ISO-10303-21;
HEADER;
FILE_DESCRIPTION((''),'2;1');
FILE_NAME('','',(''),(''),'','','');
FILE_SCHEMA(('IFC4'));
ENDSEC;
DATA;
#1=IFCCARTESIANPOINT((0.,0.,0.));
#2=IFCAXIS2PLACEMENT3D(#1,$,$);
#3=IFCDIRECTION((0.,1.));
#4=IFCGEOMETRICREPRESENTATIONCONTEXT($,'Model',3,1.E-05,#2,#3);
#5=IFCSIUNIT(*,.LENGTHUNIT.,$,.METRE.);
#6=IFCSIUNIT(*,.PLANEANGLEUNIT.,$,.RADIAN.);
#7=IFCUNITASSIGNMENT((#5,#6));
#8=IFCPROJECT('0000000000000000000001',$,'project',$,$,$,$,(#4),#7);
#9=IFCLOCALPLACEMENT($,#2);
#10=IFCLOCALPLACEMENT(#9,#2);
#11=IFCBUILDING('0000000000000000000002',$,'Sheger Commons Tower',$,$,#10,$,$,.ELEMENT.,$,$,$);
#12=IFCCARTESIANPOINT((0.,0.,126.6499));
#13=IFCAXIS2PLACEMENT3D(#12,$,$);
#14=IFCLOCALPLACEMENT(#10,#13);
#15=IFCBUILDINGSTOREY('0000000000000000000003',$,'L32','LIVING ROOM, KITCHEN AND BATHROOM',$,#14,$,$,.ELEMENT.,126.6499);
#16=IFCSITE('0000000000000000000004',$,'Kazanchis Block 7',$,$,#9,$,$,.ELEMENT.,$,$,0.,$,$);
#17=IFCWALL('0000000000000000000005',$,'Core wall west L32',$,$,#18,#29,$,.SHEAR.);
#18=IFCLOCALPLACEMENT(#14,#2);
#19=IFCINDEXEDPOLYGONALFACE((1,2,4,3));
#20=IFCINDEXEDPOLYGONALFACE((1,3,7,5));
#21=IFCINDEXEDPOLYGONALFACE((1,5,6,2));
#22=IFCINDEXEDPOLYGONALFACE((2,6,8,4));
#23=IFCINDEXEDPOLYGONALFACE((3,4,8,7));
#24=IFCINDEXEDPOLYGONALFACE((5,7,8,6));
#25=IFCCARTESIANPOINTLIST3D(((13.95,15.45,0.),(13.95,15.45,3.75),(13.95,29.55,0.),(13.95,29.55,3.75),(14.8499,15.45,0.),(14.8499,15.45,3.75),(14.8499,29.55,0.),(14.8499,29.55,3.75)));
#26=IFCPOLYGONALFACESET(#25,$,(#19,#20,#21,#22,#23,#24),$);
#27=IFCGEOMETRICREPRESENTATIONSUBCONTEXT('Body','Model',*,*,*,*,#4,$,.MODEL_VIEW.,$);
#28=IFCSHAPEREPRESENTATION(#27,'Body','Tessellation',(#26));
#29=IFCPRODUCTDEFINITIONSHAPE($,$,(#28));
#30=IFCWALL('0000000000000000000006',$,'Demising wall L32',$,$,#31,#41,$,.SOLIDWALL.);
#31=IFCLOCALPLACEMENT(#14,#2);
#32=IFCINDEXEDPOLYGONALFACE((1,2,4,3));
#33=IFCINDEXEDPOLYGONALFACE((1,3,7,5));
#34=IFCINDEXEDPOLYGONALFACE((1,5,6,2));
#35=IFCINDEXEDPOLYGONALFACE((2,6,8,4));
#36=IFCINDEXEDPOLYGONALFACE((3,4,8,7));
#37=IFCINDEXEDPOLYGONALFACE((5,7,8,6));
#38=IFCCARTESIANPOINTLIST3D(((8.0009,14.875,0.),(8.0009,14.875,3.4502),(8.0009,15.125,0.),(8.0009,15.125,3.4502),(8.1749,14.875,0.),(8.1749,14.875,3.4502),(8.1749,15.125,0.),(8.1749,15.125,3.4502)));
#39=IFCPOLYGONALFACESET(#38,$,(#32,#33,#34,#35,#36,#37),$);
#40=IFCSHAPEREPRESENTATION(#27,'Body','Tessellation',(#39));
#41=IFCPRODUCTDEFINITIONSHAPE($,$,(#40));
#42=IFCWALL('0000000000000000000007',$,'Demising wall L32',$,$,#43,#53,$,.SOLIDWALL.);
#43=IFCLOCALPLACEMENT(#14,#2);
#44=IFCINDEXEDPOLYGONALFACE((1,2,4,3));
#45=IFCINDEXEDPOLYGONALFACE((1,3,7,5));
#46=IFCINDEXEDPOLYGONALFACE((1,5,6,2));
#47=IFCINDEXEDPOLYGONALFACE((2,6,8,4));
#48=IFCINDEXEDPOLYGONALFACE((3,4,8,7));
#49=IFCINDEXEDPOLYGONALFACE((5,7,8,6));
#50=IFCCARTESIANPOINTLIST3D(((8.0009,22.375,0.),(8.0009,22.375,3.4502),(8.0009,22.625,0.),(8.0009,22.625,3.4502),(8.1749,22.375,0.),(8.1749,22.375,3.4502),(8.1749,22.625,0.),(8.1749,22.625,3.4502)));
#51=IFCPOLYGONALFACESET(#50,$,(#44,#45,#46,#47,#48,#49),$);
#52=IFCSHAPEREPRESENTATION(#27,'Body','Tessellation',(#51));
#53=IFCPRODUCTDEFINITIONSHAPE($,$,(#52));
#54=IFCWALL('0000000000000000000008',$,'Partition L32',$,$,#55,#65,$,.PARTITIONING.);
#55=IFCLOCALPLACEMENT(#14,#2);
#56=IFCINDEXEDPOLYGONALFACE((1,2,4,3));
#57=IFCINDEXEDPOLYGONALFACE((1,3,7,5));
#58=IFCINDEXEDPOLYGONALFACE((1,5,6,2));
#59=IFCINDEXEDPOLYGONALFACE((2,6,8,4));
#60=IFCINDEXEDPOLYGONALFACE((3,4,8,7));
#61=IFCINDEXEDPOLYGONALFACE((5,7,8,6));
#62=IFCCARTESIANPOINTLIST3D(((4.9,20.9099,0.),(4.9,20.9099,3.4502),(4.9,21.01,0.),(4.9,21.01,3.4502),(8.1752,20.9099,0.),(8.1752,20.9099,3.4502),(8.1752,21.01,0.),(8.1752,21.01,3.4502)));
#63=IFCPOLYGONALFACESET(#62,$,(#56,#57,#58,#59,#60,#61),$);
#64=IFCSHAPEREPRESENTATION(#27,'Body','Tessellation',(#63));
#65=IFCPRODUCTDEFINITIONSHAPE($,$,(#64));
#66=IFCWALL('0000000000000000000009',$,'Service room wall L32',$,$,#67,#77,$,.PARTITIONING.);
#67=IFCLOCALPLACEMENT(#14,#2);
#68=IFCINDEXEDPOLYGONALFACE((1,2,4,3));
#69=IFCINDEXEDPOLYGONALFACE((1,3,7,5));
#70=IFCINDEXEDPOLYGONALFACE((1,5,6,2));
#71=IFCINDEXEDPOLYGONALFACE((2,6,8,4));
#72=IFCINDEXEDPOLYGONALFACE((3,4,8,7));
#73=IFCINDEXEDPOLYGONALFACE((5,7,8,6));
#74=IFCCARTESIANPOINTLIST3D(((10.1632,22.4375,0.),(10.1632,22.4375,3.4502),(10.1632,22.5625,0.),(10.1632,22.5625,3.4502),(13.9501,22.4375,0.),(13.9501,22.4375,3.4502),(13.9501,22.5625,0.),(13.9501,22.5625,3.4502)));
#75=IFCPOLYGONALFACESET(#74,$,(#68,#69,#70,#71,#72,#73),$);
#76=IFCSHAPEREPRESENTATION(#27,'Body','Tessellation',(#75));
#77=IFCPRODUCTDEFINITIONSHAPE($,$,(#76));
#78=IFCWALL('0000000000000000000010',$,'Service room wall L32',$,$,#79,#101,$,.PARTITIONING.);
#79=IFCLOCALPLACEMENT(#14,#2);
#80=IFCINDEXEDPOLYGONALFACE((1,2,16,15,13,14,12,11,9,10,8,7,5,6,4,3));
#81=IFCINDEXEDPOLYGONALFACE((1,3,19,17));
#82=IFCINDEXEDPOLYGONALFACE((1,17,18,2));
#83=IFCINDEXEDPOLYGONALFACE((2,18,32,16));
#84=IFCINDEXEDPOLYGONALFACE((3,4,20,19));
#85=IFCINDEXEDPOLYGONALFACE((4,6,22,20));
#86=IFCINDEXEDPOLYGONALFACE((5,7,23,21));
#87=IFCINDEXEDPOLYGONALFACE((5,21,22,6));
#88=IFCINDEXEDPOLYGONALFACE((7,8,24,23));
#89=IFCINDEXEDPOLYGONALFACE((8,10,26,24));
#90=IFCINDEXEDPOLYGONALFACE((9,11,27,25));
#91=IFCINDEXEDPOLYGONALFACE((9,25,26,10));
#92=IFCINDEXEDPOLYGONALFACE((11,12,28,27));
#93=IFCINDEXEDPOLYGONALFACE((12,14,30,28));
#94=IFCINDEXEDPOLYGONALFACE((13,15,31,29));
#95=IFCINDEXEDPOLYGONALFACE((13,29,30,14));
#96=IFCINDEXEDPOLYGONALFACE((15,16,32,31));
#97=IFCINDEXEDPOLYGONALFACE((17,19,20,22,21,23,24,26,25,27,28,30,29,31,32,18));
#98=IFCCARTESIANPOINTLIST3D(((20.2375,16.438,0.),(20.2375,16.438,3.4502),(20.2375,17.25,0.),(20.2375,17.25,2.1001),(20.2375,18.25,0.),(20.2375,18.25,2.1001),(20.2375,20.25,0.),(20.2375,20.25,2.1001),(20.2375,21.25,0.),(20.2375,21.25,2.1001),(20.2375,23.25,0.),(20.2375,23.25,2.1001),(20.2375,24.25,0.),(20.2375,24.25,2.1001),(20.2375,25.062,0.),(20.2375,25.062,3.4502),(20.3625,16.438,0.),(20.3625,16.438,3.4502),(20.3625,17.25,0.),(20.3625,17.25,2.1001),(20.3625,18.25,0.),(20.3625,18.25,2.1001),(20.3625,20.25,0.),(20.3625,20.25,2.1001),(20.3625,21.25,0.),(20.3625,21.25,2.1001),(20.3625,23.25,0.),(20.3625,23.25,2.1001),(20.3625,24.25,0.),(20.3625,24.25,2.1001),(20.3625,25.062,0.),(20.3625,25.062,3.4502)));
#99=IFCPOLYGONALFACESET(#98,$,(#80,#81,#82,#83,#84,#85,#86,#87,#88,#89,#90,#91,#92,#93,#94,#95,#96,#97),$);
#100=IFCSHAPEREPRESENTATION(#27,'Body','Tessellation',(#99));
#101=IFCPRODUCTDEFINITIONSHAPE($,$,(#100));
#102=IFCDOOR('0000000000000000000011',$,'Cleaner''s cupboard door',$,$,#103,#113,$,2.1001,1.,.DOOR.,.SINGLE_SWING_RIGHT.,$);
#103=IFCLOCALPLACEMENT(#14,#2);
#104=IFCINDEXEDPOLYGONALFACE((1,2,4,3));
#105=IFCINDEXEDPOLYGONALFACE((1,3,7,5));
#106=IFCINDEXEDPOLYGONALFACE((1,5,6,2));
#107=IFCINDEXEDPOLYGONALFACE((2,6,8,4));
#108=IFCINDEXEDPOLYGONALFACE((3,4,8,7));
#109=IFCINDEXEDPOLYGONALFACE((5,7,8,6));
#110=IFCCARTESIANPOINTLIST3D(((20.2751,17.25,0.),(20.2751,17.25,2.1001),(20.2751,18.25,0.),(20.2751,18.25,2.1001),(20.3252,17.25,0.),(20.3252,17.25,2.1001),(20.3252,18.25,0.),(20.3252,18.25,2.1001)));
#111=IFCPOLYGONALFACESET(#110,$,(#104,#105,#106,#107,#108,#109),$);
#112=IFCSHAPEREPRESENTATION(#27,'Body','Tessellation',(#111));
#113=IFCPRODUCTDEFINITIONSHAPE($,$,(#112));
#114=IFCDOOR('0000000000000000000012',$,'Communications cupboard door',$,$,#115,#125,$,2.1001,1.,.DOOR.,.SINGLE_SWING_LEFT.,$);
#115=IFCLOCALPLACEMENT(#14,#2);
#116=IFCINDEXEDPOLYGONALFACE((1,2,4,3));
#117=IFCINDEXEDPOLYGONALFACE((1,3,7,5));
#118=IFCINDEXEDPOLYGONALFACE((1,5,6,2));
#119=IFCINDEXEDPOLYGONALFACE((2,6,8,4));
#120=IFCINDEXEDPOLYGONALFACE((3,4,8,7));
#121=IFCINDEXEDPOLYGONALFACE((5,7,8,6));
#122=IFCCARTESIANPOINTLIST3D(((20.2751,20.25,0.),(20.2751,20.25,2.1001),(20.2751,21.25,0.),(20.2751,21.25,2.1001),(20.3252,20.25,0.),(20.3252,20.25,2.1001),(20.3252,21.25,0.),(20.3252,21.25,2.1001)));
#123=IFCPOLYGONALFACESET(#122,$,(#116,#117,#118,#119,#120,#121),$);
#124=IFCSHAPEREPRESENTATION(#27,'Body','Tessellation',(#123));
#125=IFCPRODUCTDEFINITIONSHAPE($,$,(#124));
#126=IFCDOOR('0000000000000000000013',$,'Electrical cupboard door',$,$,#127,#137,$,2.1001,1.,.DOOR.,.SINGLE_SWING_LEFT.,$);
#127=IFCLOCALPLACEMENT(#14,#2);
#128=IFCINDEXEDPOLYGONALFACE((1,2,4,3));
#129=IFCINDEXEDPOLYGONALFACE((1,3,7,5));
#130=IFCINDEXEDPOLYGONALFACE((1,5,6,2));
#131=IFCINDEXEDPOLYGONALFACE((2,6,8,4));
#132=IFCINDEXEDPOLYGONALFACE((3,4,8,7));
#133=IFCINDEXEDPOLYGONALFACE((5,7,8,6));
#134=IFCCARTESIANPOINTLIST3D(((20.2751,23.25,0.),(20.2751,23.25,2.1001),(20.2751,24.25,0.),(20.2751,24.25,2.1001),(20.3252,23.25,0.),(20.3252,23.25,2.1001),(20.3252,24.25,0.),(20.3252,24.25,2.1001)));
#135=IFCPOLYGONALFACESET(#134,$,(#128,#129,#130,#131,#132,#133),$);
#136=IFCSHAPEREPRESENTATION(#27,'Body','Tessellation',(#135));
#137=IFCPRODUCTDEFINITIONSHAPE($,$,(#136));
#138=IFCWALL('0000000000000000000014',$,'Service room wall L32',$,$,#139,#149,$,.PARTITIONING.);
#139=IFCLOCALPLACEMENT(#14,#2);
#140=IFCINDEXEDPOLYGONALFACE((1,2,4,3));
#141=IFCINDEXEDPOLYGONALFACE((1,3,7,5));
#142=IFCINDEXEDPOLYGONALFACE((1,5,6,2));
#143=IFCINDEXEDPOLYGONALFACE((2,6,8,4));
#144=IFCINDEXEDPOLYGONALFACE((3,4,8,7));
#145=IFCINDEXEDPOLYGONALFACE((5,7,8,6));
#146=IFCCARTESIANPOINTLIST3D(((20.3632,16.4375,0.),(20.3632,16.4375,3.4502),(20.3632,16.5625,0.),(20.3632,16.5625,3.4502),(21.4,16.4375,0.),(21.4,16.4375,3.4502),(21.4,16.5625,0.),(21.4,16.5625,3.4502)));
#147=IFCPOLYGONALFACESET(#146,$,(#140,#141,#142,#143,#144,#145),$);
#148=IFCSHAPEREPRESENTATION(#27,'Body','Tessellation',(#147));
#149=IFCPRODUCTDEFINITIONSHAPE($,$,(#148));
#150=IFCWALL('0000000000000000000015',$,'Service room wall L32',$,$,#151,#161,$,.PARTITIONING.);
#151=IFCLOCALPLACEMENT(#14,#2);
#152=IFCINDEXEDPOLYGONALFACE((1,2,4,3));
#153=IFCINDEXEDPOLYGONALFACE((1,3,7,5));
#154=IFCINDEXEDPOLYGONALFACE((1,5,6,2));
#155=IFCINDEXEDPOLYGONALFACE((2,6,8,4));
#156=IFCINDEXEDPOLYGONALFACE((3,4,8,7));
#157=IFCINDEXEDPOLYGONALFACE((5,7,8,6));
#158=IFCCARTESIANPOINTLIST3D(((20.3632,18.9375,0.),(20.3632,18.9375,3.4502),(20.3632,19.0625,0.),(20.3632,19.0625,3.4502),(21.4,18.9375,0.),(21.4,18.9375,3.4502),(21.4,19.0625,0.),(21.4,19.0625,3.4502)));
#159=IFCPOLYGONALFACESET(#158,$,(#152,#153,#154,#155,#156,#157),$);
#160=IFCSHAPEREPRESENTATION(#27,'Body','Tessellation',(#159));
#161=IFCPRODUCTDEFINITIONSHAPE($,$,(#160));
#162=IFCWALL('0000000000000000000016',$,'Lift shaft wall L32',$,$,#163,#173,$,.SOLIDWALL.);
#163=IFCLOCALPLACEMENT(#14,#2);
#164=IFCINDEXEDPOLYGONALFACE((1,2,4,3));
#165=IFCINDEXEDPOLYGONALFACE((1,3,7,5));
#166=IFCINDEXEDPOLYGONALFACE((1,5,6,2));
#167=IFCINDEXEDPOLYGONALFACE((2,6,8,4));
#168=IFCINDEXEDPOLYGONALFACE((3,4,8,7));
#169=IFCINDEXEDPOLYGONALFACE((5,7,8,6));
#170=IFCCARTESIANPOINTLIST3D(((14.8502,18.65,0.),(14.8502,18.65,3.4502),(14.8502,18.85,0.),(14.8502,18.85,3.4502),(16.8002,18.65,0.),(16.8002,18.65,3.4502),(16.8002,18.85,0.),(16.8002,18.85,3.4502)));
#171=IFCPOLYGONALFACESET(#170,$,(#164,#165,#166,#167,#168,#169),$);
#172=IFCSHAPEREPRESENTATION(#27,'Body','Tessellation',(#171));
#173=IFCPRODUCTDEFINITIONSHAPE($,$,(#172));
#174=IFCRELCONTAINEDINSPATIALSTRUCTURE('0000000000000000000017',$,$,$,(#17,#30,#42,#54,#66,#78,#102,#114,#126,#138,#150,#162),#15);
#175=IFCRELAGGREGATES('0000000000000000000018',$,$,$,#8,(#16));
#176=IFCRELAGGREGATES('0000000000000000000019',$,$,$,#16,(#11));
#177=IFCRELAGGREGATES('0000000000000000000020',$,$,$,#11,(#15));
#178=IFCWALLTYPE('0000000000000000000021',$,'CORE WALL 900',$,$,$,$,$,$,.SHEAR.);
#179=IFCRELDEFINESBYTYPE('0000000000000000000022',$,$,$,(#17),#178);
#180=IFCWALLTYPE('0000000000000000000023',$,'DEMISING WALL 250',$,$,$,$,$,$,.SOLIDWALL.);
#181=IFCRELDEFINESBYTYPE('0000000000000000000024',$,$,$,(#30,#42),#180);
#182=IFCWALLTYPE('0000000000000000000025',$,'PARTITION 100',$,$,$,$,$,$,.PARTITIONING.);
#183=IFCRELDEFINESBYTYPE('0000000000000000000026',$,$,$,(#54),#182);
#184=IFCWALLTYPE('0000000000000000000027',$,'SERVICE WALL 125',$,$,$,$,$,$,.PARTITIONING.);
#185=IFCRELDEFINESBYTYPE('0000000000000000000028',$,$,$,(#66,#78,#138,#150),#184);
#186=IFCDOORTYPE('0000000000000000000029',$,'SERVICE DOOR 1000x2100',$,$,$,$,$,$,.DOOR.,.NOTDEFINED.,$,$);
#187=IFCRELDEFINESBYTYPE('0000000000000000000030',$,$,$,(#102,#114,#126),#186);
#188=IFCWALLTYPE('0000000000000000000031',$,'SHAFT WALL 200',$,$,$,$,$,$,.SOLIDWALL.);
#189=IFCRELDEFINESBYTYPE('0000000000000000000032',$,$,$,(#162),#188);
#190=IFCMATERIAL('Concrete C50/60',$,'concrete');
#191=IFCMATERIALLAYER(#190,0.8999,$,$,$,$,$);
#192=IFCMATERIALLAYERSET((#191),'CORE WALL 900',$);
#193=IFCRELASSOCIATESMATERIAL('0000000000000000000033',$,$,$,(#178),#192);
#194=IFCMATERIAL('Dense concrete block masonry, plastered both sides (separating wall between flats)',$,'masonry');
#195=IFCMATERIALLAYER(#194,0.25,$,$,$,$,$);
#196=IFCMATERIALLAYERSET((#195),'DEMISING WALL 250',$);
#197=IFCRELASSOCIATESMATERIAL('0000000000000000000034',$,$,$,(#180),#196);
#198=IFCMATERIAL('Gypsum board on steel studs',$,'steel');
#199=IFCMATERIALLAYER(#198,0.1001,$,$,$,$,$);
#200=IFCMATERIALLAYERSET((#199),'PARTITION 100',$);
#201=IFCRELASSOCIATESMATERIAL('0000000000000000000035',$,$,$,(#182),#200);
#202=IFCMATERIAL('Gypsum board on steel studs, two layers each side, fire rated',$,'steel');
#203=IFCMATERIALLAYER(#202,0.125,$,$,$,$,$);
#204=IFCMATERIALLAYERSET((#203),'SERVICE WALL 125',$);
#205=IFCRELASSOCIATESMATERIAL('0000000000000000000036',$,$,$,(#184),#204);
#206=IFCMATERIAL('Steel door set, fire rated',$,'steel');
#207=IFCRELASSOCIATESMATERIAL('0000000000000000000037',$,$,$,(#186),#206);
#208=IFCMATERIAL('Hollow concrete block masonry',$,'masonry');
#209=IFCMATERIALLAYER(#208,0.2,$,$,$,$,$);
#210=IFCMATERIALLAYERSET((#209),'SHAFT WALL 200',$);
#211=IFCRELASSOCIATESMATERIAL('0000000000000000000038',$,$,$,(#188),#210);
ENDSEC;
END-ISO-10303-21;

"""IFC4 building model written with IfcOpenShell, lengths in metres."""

from ifc_helpers import new_model, si_unit, direction, frame, frame_2d, origin, place, context, subcontext, project, spatial, rectangle, extrude, material, layer, layer_set, type_object, element, fill, save


model = new_model("IFC4")

# Units and contexts
model_context = context("Model", 3, precision=1e-05, world=origin(), true_north=direction((0.0, 1.0)))
body_context = subcontext(model_context, "Body", "Model", "MODEL_VIEW")
ifc_project = project(units=[si_unit("LENGTHUNIT", "METRE"), si_unit("PLANEANGLEUNIT", "RADIAN")], contexts=[model_context])

# Site, building, storey
site_placement = place(None, origin())
site = spatial("IfcSite", under=ifc_project, at=site_placement, Name="Kazanchis Block 7", CompositionType="ELEMENT", RefElevation=0.0)
building_placement = place(site_placement, origin())
building = spatial("IfcBuilding", under=site, at=building_placement, Name="Sheger Commons Tower", CompositionType="ELEMENT")
storey_placement = place(building_placement, frame((0.0, 0.0, 126.6499)))
storey = spatial("IfcBuildingStorey", under=building, at=storey_placement, Name="L32", Description="LIVING ROOM, KITCHEN AND BATHROOM", CompositionType="ELEMENT", Elevation=126.6499)

# Shared definitions
ifc_material_1 = material(Name="Concrete C50/60", Category="concrete")
ifc_layer_1 = layer(ifc_material_1, 0.8999)
ifc_layer_set_1 = layer_set([ifc_layer_1], Name="CORE WALL 900")
wall_type_1 = type_object("IfcWallType", Name="CORE WALL 900", PredefinedType="SHEAR", material=ifc_layer_set_1)

# Walls
wall_1_placement = place(storey_placement, frame((14.3999, 15.45, 0.0), z_axis=(0.0, 0.0, 1.0), x_axis=(0.0, 1.0, 0.0)))
element("IfcWall", 1, at=wall_1_placement, inside=storey, type_object=wall_type_1, Name="Core wall west L32", PredefinedType="SHEAR", context=body_context, shape_type="SweptSolid", body=[
    extrude(rectangle(XDim=14.1001, YDim=0.8999, at=frame_2d((7.05, 0.0))), origin(), (0.0, 0.0, 1.0), 3.75),
])
ifc_material_2 = material(Name="Dense concrete block masonry, plastered both sides (separating wall between flats)", Category="masonry")
ifc_layer_2 = layer(ifc_material_2, 0.25)
ifc_layer_set_2 = layer_set([ifc_layer_2], Name="DEMISING WALL 250")
wall_type_2 = type_object("IfcWallType", Name="DEMISING WALL 250", PredefinedType="SOLIDWALL", material=ifc_layer_set_2)
for number, where, z_axis, x_axis, name in (
    (2, (8.001, 15.0, 0.0), (0.0, 0.0, 1.0), (1.0, 0.0, 0.0), "Demising wall L32"),
    (3, (8.001, 22.5, 0.0), (0.0, 0.0, 1.0), (1.0, 0.0, 0.0), "Demising wall L32"),
):
    element("IfcWall", number, at=place(storey_placement, frame(where, z_axis=z_axis, x_axis=x_axis)), inside=storey, type_object=wall_type_2, Name=name, PredefinedType="SOLIDWALL", context=body_context, shape_type="SweptSolid", body=[
        extrude(rectangle(XDim=0.1741, YDim=0.25, at=frame_2d((0.0869, 0.0))), origin(), (0.0, 0.0, 1.0), 3.4502),
    ])
ifc_material_3 = material(Name="Gypsum board on steel studs", Category="steel")
ifc_layer_3 = layer(ifc_material_3, 0.1001)
ifc_layer_set_3 = layer_set([ifc_layer_3], Name="PARTITION 100")
wall_type_3 = type_object("IfcWallType", Name="PARTITION 100", PredefinedType="PARTITIONING", material=ifc_layer_set_3)
wall_2_placement = place(storey_placement, frame((4.8999, 20.96, 0.0), z_axis=(0.0, 0.0, 1.0), x_axis=(1.0, 0.0, 0.0)))
element("IfcWall", 4, at=wall_2_placement, inside=storey, type_object=wall_type_3, Name="Partition L32", PredefinedType="PARTITIONING", context=body_context, shape_type="SweptSolid", body=[
    extrude(rectangle(XDim=3.2751, YDim=0.1001, at=frame_2d((1.6377, 0.0))), origin(), (0.0, 0.0, 1.0), 3.4502),
])
ifc_material_4 = material(Name="Gypsum board on steel studs, two layers each side, fire rated", Category="steel")
ifc_layer_4 = layer(ifc_material_4, 0.125)
ifc_layer_set_4 = layer_set([ifc_layer_4], Name="SERVICE WALL 125")
wall_type_4 = type_object("IfcWallType", Name="SERVICE WALL 125", PredefinedType="PARTITIONING", material=ifc_layer_set_4)
wall_3_placement = place(storey_placement, frame((10.1631, 22.5, 0.0), z_axis=(0.0, 0.0, 1.0), x_axis=(1.0, 0.0, 0.0)))
element("IfcWall", 5, at=wall_3_placement, inside=storey, type_object=wall_type_4, Name="Service room wall L32", PredefinedType="PARTITIONING", context=body_context, shape_type="SweptSolid", body=[
    extrude(rectangle(XDim=3.7869, YDim=0.125, at=frame_2d((1.8936, 0.0))), origin(), (0.0, 0.0, 1.0), 3.4502),
])

# Wall, openings, doors
wall_4_placement = place(storey_placement, frame((20.3, 16.438, 0.0), z_axis=(0.0, 0.0, 1.0), x_axis=(0.0, 1.0, 0.0)))
wall_4 = element("IfcWall", 6, at=wall_4_placement, inside=storey, type_object=wall_type_4, Name="Service room wall L32", PredefinedType="PARTITIONING", context=body_context, shape_type="SweptSolid", body=[
    extrude(rectangle(XDim=8.624, YDim=0.125, at=frame_2d((4.312, 0.0))), origin(), (0.0, 0.0, 1.0), 3.4502),
])
opening_1_placement = place(wall_4_placement, frame((0.812, 0.0, 0.0)))
opening_1 = element("IfcOpeningElement", 7, at=opening_1_placement, cuts=wall_4, PredefinedType="OPENING", context=body_context, shape_type="SweptSolid", body=[
    extrude(rectangle(XDim=1.0, YDim=2.1001, at=frame_2d((0.5, 1.05))), frame((0.0, 0.0725, 0.0), z_axis=(0.0, -1.0, 0.0), x_axis=(1.0, 0.0, 0.0)), (0.0, 0.0, 1.0), 0.145),
])
opening_2_placement = place(wall_4_placement, frame((3.812, 0.0, 0.0)))
opening_2 = element("IfcOpeningElement", 8, at=opening_2_placement, cuts=wall_4, PredefinedType="OPENING", context=body_context, shape_type="SweptSolid", body=[
    extrude(rectangle(XDim=1.0, YDim=2.1001, at=frame_2d((0.5, 1.05))), frame((0.0, 0.0725, 0.0), z_axis=(0.0, -1.0, 0.0), x_axis=(1.0, 0.0, 0.0)), (0.0, 0.0, 1.0), 0.145),
])
opening_3_placement = place(wall_4_placement, frame((6.812, 0.0, 0.0)))
opening_3 = element("IfcOpeningElement", 9, at=opening_3_placement, cuts=wall_4, PredefinedType="OPENING", context=body_context, shape_type="SweptSolid", body=[
    extrude(rectangle(XDim=1.0, YDim=2.1001, at=frame_2d((0.5, 1.05))), frame((0.0, 0.0725, 0.0), z_axis=(0.0, -1.0, 0.0), x_axis=(1.0, 0.0, 0.0)), (0.0, 0.0, 1.0), 0.145),
])
ifc_material_5 = material(Name="Steel door set, fire rated", Category="steel")
door_type_1 = type_object("IfcDoorType", Name="SERVICE DOOR 1000x2100", OperationType="NOTDEFINED", PredefinedType="DOOR", material=ifc_material_5)
door_1_placement = place(opening_1_placement, origin())
door_1 = element("IfcDoor", 10, at=door_1_placement, inside=storey, type_object=door_type_1, Name="Cleaner's cupboard door", OperationType="SINGLE_SWING_RIGHT", OverallHeight=2.1001, OverallWidth=1.0, PredefinedType="DOOR", context=body_context, shape_type="SweptSolid", body=[
    extrude(rectangle(XDim=1.0, YDim=2.1001, at=frame_2d((0.5, 1.05))), frame((0.0, 0.0249, 0.0), z_axis=(0.0, -1.0, 0.0), x_axis=(1.0, 0.0, 0.0)), (0.0, 0.0, 1.0), 0.05),
])
fill(opening_1, door_1)
door_2_placement = place(opening_2_placement, origin())
door_2 = element("IfcDoor", 11, at=door_2_placement, inside=storey, type_object=door_type_1, Name="Communications cupboard door", OperationType="SINGLE_SWING_LEFT", OverallHeight=2.1001, OverallWidth=1.0, PredefinedType="DOOR", context=body_context, shape_type="SweptSolid", body=[
    extrude(rectangle(XDim=1.0, YDim=2.1001, at=frame_2d((0.5, 1.05))), frame((0.0, 0.0249, 0.0), z_axis=(0.0, -1.0, 0.0), x_axis=(1.0, 0.0, 0.0)), (0.0, 0.0, 1.0), 0.05),
])
fill(opening_2, door_2)
door_3_placement = place(opening_3_placement, origin())
door_3 = element("IfcDoor", 12, at=door_3_placement, inside=storey, type_object=door_type_1, Name="Electrical cupboard door", OperationType="SINGLE_SWING_LEFT", OverallHeight=2.1001, OverallWidth=1.0, PredefinedType="DOOR", context=body_context, shape_type="SweptSolid", body=[
    extrude(rectangle(XDim=1.0, YDim=2.1001, at=frame_2d((0.5, 1.05))), frame((0.0, 0.0249, 0.0), z_axis=(0.0, -1.0, 0.0), x_axis=(1.0, 0.0, 0.0)), (0.0, 0.0, 1.0), 0.05),
])
fill(opening_3, door_3)

# Walls
for number, where, z_axis, x_axis, name in (
    (13, (20.363, 16.5, 0.0), (0.0, 0.0, 1.0), (1.0, 0.0, 0.0), "Service room wall L32"),
    (14, (20.363, 19.0, 0.0), (0.0, 0.0, 1.0), (1.0, 0.0, 0.0), "Service room wall L32"),
):
    element("IfcWall", number, at=place(storey_placement, frame(where, z_axis=z_axis, x_axis=x_axis)), inside=storey, type_object=wall_type_4, Name=name, PredefinedType="PARTITIONING", context=body_context, shape_type="SweptSolid", body=[
        extrude(rectangle(XDim=1.0369, YDim=0.125, at=frame_2d((0.5186, 0.0))), origin(), (0.0, 0.0, 1.0), 3.4502),
    ])
ifc_material_6 = material(Name="Hollow concrete block masonry", Category="masonry")
ifc_layer_5 = layer(ifc_material_6, 0.2)
ifc_layer_set_5 = layer_set([ifc_layer_5], Name="SHAFT WALL 200")
wall_type_5 = type_object("IfcWallType", Name="SHAFT WALL 200", PredefinedType="SOLIDWALL", material=ifc_layer_set_5)
wall_5_placement = place(storey_placement, frame((14.8501, 18.75, 0.0), z_axis=(0.0, 0.0, 1.0), x_axis=(1.0, 0.0, 0.0)))
element("IfcWall", 15, at=wall_5_placement, inside=storey, type_object=wall_type_5, Name="Lift shaft wall L32", PredefinedType="SOLIDWALL", context=body_context, shape_type="SweptSolid", body=[
    extrude(rectangle(XDim=1.95, YDim=0.2, at=frame_2d((0.9751, 0.0))), origin(), (0.0, 0.0, 1.0), 3.4502),
])

save(model, "model.ifc")
